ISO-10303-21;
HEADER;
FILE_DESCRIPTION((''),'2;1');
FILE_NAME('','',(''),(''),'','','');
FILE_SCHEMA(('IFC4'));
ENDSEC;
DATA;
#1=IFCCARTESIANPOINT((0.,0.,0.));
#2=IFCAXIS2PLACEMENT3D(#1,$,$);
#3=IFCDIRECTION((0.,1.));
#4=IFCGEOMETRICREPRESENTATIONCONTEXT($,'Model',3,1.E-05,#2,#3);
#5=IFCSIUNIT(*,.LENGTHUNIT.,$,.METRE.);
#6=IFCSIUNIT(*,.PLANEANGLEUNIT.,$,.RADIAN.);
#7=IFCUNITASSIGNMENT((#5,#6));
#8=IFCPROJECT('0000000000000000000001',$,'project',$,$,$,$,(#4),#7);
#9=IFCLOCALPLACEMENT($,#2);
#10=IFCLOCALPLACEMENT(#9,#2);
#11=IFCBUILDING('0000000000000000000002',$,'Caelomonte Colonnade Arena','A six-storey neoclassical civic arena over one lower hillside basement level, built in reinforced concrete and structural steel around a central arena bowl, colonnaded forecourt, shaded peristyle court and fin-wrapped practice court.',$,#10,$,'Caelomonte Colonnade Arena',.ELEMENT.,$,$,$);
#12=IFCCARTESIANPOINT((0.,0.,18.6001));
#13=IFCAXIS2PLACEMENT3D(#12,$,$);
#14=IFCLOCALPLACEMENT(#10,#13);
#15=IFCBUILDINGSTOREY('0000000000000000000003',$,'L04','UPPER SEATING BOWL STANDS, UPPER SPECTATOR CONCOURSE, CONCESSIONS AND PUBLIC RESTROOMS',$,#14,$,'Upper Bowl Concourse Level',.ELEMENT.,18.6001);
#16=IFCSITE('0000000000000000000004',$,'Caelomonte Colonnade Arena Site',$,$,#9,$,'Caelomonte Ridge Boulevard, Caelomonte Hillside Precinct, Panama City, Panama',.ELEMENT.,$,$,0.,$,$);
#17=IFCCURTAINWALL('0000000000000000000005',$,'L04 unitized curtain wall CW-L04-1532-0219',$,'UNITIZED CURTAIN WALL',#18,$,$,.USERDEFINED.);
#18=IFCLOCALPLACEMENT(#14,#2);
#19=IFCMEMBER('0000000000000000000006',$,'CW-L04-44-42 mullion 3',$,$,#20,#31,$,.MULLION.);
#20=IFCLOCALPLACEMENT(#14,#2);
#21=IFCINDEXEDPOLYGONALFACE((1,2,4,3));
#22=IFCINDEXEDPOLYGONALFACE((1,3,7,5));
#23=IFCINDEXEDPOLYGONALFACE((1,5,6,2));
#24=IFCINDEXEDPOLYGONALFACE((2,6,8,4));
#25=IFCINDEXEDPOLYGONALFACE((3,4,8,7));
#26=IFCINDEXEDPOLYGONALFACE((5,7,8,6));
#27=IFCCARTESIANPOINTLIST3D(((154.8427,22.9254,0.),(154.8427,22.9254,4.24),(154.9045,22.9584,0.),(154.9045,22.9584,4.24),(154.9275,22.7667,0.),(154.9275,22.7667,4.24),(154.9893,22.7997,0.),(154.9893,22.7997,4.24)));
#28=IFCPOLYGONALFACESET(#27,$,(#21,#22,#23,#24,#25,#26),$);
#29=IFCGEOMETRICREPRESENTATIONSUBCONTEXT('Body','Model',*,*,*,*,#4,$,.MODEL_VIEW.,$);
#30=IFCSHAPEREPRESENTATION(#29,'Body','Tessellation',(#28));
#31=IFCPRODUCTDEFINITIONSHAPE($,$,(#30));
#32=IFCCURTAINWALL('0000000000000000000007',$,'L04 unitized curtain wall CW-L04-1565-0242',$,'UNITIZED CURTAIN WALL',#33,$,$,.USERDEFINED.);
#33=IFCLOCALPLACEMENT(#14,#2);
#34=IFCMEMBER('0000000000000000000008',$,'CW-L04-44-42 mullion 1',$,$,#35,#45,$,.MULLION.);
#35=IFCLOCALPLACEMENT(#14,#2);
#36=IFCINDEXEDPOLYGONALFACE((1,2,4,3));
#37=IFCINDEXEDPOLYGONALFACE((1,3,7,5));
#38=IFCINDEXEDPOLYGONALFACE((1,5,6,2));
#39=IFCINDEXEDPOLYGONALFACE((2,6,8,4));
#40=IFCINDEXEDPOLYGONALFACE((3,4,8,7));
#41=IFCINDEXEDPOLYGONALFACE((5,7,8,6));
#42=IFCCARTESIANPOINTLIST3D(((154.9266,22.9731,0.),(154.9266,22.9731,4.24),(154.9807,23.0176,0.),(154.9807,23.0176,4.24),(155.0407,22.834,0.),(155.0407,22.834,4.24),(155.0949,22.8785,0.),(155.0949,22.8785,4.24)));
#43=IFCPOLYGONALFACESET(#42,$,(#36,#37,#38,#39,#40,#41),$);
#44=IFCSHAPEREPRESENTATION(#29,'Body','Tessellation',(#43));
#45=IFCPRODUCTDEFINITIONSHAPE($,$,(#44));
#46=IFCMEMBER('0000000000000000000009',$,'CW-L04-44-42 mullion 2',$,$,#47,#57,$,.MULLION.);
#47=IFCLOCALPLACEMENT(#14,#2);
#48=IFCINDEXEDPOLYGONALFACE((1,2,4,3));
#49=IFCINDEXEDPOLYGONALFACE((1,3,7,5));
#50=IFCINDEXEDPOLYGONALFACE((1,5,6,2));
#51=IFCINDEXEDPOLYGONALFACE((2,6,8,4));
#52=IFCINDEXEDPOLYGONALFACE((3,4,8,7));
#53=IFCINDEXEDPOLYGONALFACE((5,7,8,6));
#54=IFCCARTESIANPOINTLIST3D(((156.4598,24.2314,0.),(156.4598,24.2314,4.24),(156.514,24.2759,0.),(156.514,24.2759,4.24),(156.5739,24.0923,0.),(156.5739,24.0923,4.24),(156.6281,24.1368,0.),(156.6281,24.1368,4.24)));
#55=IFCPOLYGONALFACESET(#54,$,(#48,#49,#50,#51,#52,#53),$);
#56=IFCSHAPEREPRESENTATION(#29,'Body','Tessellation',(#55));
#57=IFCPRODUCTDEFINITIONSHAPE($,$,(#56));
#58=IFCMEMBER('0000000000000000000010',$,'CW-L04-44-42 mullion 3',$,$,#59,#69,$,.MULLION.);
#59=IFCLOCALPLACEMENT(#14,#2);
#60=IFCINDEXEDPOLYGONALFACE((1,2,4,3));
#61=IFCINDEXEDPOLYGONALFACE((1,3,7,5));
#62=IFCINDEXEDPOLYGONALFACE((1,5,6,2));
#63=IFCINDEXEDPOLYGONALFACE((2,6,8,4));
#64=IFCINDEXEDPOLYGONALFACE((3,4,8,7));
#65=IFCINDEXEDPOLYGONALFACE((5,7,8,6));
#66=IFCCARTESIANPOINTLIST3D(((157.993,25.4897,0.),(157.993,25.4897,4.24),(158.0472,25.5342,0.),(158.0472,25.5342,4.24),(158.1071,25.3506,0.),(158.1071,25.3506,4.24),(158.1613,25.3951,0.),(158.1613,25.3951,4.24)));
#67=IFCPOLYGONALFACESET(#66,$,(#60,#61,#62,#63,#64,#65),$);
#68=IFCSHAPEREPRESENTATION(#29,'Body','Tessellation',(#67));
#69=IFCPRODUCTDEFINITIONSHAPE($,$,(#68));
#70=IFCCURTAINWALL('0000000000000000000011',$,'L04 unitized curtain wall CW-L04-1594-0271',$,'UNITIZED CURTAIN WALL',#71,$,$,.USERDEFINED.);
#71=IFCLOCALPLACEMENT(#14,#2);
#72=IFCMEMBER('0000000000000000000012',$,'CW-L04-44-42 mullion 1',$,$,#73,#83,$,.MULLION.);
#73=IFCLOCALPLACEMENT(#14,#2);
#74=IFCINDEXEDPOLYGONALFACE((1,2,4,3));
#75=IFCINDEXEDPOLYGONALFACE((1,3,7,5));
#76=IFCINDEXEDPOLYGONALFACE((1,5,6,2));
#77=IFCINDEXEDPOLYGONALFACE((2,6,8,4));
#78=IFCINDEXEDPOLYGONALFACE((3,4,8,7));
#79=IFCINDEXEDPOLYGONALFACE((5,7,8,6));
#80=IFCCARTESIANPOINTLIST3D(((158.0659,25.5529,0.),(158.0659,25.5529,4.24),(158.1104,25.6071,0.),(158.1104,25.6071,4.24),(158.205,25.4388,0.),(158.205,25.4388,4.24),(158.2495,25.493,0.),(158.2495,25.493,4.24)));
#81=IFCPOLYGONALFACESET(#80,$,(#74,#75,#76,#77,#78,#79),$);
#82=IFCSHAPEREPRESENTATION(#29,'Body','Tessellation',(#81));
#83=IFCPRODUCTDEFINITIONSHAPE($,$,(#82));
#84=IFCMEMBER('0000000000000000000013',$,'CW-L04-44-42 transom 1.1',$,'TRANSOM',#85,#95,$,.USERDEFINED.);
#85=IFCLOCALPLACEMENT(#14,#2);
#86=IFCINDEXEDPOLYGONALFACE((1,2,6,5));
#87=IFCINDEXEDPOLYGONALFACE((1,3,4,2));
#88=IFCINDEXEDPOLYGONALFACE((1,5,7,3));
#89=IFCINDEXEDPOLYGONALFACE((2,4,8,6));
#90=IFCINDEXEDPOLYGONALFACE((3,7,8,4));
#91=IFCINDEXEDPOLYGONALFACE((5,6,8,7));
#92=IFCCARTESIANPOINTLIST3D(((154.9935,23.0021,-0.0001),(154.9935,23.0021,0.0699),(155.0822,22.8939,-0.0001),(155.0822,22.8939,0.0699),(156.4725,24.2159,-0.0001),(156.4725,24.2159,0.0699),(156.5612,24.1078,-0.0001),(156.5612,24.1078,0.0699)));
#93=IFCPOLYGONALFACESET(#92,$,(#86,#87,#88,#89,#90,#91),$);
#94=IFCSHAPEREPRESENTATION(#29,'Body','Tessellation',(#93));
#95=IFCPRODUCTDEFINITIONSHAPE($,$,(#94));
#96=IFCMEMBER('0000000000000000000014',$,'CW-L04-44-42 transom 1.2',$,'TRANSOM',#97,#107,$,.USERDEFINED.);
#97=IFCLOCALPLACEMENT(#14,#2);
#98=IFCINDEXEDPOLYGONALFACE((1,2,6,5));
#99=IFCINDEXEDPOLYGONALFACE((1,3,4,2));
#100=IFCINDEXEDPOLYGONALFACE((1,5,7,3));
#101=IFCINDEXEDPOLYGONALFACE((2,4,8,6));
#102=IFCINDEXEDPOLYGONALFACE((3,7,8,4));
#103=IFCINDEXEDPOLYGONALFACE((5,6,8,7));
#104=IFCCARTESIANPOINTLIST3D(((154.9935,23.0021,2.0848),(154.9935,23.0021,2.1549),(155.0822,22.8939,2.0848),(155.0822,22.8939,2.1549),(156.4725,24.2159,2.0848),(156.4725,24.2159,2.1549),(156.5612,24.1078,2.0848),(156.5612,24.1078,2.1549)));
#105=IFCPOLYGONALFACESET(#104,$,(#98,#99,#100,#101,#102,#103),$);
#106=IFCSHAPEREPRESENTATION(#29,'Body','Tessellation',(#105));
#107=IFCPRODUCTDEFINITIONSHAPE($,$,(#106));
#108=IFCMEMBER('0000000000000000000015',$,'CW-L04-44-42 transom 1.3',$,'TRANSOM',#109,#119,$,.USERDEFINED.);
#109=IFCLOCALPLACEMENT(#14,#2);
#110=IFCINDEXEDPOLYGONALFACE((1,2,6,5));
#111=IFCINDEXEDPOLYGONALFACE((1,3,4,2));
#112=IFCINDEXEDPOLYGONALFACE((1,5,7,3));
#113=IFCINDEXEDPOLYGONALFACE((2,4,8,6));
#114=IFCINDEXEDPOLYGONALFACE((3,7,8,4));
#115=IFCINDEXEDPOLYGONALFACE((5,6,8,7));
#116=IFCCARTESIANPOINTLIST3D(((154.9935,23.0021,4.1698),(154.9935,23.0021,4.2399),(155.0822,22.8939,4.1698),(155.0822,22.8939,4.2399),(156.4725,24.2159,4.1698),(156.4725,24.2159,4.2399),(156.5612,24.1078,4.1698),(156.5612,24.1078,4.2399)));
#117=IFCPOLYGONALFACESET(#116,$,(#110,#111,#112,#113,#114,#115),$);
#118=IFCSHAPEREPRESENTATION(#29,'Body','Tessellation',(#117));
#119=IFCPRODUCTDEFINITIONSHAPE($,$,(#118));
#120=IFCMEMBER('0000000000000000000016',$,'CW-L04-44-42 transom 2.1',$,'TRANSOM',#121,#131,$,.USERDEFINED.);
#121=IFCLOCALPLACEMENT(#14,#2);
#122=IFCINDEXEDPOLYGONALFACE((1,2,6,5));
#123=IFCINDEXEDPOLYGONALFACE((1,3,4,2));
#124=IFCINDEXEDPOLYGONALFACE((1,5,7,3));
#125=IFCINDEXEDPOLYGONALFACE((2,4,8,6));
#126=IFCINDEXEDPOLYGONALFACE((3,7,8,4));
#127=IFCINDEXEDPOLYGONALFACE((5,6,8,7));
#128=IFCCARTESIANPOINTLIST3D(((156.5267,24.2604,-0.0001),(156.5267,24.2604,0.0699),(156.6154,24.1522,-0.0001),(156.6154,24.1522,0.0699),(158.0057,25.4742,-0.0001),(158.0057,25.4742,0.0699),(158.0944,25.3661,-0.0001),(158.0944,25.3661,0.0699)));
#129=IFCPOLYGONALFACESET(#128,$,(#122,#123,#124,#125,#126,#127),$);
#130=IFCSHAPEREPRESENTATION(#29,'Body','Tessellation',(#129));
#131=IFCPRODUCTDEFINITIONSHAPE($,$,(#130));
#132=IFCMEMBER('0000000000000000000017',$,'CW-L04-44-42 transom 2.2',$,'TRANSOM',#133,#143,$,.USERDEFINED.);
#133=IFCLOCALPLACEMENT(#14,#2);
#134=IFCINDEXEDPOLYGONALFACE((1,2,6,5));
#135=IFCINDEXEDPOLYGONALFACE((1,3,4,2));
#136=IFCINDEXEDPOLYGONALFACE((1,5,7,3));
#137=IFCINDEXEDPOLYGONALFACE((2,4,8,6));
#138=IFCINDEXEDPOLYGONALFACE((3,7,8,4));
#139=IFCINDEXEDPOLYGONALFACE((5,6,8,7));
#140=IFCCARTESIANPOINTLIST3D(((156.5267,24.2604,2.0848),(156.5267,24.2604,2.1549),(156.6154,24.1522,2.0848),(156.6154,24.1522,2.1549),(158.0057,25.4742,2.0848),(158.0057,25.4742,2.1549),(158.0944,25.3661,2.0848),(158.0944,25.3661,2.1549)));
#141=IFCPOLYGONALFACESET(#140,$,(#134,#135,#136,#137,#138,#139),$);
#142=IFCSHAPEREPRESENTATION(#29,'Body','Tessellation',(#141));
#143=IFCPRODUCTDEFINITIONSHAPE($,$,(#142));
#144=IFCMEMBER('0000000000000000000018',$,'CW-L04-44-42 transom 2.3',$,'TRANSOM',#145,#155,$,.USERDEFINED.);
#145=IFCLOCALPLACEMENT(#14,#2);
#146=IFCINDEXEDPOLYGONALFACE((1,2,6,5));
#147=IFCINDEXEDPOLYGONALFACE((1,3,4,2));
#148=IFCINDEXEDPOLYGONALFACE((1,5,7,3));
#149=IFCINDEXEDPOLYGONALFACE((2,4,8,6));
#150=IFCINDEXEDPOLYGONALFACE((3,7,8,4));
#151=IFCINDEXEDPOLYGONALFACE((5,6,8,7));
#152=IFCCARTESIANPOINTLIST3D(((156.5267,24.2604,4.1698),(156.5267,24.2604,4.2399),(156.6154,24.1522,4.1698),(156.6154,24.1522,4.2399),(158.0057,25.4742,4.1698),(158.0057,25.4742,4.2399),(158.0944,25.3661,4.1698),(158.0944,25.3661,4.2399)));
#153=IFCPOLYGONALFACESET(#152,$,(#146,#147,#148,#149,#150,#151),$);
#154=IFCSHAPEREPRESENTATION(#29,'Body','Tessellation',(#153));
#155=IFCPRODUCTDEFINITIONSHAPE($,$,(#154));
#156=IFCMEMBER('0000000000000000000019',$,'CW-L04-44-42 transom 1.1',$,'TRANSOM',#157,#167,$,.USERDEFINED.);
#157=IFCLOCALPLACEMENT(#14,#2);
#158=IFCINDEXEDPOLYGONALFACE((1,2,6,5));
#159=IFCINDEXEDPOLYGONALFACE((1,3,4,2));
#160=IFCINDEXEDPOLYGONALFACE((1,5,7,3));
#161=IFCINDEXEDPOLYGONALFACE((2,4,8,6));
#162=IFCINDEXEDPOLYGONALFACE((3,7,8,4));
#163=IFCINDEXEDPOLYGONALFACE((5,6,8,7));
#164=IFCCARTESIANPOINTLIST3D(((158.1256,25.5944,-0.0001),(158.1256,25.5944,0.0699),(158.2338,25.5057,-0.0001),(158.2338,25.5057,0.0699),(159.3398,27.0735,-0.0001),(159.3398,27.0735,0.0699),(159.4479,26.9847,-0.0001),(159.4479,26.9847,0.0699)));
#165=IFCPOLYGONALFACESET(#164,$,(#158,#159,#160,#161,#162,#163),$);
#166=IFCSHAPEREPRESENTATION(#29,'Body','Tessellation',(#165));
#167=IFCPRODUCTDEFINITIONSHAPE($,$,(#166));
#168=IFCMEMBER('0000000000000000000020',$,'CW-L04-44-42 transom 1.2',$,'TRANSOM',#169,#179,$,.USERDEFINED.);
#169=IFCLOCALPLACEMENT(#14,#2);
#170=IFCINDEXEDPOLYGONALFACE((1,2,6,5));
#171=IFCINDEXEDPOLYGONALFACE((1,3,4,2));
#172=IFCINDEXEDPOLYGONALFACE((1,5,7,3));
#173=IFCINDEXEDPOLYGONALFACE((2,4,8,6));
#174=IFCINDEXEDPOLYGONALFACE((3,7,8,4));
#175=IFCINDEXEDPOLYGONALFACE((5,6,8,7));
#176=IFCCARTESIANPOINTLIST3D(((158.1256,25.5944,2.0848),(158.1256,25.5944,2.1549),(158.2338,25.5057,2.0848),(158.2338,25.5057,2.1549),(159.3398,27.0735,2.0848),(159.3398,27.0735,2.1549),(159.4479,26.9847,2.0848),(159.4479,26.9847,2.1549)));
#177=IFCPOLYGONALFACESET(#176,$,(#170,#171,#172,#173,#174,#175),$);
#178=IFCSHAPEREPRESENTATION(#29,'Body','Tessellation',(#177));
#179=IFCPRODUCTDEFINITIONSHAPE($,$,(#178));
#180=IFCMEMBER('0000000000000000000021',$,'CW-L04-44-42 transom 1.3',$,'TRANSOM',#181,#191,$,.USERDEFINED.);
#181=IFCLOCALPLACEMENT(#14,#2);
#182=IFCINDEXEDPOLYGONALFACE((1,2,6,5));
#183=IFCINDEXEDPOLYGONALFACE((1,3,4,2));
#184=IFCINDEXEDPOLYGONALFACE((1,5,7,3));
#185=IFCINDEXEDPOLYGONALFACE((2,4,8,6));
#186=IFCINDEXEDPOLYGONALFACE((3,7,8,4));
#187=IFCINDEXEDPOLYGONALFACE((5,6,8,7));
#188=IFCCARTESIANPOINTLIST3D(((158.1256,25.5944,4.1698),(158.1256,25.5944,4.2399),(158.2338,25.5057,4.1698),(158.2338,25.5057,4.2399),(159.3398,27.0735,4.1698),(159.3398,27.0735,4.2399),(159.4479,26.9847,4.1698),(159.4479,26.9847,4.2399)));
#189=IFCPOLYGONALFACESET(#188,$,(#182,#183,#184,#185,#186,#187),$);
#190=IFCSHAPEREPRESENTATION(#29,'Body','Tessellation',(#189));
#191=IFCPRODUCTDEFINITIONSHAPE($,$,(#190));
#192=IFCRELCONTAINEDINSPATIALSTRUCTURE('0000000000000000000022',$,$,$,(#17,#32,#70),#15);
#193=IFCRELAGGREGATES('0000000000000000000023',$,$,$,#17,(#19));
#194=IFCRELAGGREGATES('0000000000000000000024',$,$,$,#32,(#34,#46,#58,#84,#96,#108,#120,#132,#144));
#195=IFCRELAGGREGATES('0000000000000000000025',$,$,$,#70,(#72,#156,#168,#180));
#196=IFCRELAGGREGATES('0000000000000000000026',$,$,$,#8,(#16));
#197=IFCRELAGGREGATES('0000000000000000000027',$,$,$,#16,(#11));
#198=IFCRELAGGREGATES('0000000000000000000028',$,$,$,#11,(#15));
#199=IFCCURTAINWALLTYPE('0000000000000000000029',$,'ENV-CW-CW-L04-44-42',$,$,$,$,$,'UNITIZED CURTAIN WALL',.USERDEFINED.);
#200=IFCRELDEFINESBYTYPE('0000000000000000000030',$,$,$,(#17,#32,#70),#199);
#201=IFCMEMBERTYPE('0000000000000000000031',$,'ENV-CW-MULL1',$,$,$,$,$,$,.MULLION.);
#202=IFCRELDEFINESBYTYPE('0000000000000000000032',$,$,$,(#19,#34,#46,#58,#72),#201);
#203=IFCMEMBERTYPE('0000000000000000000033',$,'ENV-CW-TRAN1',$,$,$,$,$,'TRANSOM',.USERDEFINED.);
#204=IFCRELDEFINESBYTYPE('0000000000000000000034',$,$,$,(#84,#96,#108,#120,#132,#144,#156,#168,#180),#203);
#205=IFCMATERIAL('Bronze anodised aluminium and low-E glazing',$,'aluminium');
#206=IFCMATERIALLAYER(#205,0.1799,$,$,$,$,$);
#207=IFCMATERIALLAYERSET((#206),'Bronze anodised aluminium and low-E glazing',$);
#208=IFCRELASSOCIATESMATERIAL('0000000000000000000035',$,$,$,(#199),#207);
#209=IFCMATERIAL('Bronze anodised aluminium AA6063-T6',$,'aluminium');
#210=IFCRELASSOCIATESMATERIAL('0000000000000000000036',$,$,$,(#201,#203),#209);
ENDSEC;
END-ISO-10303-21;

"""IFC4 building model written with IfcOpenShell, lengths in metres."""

from ifc_helpers import new_model, si_unit, direction, frame, origin, origin_2d, place, context, subcontext, project, spatial, rectangle, extrude, material, layer, layer_set, material_profile, profile_set, type_object, element, aggregate, save


model = new_model("IFC4")

# Units and contexts
model_context = context("Model", 3, precision=1e-05, world=origin(), true_north=direction((0.0, 1.0)))
body_context = subcontext(model_context, "Body", "Model", "MODEL_VIEW")
ifc_project = project(units=[si_unit("LENGTHUNIT", "METRE"), si_unit("PLANEANGLEUNIT", "RADIAN")], contexts=[model_context])

# Site, building, storey
site_placement = place(None, origin())
site = spatial("IfcSite", under=ifc_project, at=site_placement, Name="Caelomonte Colonnade Arena Site", LongName="Caelomonte Ridge Boulevard, Caelomonte Hillside Precinct, Panama City, Panama", CompositionType="ELEMENT", RefElevation=0.0)
building_placement = place(site_placement, origin())
building = spatial("IfcBuilding", under=site, at=building_placement, Name="Caelomonte Colonnade Arena", Description="A six-storey neoclassical civic arena over one lower hillside basement level, built in reinforced concrete and structural steel around a central arena bowl, colonnaded forecourt, shaded peristyle court and fin-wrapped practice court.", LongName="Caelomonte Colonnade Arena", CompositionType="ELEMENT")
storey_placement = place(building_placement, frame((0.0, 0.0, 18.6001)))
storey = spatial("IfcBuildingStorey", under=building, at=storey_placement, Name="L04", Description="UPPER SEATING BOWL STANDS, UPPER SPECTATOR CONCOURSE, CONCESSIONS AND PUBLIC RESTROOMS", LongName="Upper Bowl Concourse Level", CompositionType="ELEMENT", Elevation=18.6001)

# Curtain wall, member
ifc_material_1 = material(Name="Bronze anodised aluminium and low-E glazing", Category="aluminium")
ifc_layer_1 = layer(ifc_material_1, 0.1799)
ifc_layer_set_1 = layer_set([ifc_layer_1], Name="Bronze anodised aluminium and low-E glazing")
curtain_wall_type = type_object("IfcCurtainWallType", Name="ENV-CW-CW-L04-44-42", ElementType="UNITIZED CURTAIN WALL", PredefinedType="USERDEFINED", material=ifc_layer_set_1)
curtain_wall_1_placement = place(storey_placement, origin())
curtain_wall_1 = element("IfcCurtainWall", 1, at=curtain_wall_1_placement, inside=storey, type_object=curtain_wall_type, Name="L04 unitized curtain wall CW-L04-1532-0219", ObjectType="UNITIZED CURTAIN WALL", PredefinedType="USERDEFINED")
ifc_material_2 = material(Name="Bronze anodised aluminium AA6063-T6", Category="aluminium")
ifc_material_profile_1 = material_profile(ifc_material_2, rectangle(XDim=0.0701, YDim=0.1799, at=origin_2d()), Name="CWM-70X180")
ifc_profile_set_1 = profile_set([ifc_material_profile_1], Name="Bronze anodised aluminium AA6063-T6")
member_type_1 = type_object("IfcMemberType", Name="ENV-CW-MULL1", PredefinedType="MULLION", material=ifc_profile_set_1)
member_1_placement = place(storey_placement, frame((154.916, 22.8625, 0.0), z_axis=(0.0, 0.0, 1.0), x_axis=(0.881923, 0.471394, 0.0)))
member_1 = element("IfcMember", 2, at=member_1_placement, type_object=member_type_1, Name="CW-L04-44-42 mullion 3", PredefinedType="MULLION", context=body_context, shape_type="SweptSolid", body=[
    extrude(rectangle(XDim=0.0701, YDim=0.1799, at=origin_2d()), origin(), (0.0, 0.0, 1.0), 4.24),
])

# Curtain wall, members
curtain_wall_2_placement = place(storey_placement, origin())
curtain_wall_2 = element("IfcCurtainWall", 3, at=curtain_wall_2_placement, inside=storey, type_object=curtain_wall_type, Name="L04 unitized curtain wall CW-L04-1565-0242", ObjectType="UNITIZED CURTAIN WALL", PredefinedType="USERDEFINED")
member_2_placement = place(storey_placement, frame((155.0107, 22.9258, 0.0), z_axis=(0.0, 0.0, 1.0), x_axis=(0.772992, 0.634416, 0.0)))
member_2 = element("IfcMember", 4, at=member_2_placement, type_object=member_type_1, Name="CW-L04-44-42 mullion 1", PredefinedType="MULLION", context=body_context, shape_type="SweptSolid", body=[
    extrude(rectangle(XDim=0.0701, YDim=0.1799, at=origin_2d()), origin(), (0.0, 0.0, 1.0), 4.24),
])
member_3_placement = place(storey_placement, frame((156.5439, 24.1841, 0.0), z_axis=(0.0, 0.0, 1.0), x_axis=(0.772992, 0.634416, 0.0)))
member_3 = element("IfcMember", 5, at=member_3_placement, type_object=member_type_1, Name="CW-L04-44-42 mullion 2", PredefinedType="MULLION", context=body_context, shape_type="SweptSolid", body=[
    extrude(rectangle(XDim=0.0701, YDim=0.1799, at=origin_2d()), origin(), (0.0, 0.0, 1.0), 4.24),
])
member_4_placement = place(storey_placement, frame((158.0771, 25.4424, 0.0), z_axis=(0.0, 0.0, 1.0), x_axis=(0.772992, 0.634416, 0.0)))
member_4 = element("IfcMember", 6, at=member_4_placement, type_object=member_type_1, Name="CW-L04-44-42 mullion 3", PredefinedType="MULLION", context=body_context, shape_type="SweptSolid", body=[
    extrude(rectangle(XDim=0.0701, YDim=0.1799, at=origin_2d()), origin(), (0.0, 0.0, 1.0), 4.24),
])

# Curtain wall, member
curtain_wall_3_placement = place(storey_placement, origin())
curtain_wall_3 = element("IfcCurtainWall", 7, at=curtain_wall_3_placement, inside=storey, type_object=curtain_wall_type, Name="L04 unitized curtain wall CW-L04-1594-0271", ObjectType="UNITIZED CURTAIN WALL", PredefinedType="USERDEFINED")
member_5_placement = place(storey_placement, frame((158.1577, 25.5229, 0.0), z_axis=(0.0, 0.0, 1.0), x_axis=(0.634416, 0.772992, 0.0)))
member_5 = element("IfcMember", 8, at=member_5_placement, type_object=member_type_1, Name="CW-L04-44-42 mullion 1", PredefinedType="MULLION", context=body_context, shape_type="SweptSolid", body=[
    extrude(rectangle(XDim=0.0701, YDim=0.1799, at=origin_2d()), origin(), (0.0, 0.0, 1.0), 4.24),
])

# Members
ifc_material_profile_2 = material_profile(ifc_material_2, rectangle(XDim=0.0701, YDim=0.1399, at=origin_2d()), Name="CWT-70X140")
ifc_profile_set_2 = profile_set([ifc_material_profile_2], Name="Bronze anodised aluminium AA6063-T6")
member_type_2 = type_object("IfcMemberType", Name="ENV-CW-TRAN1", ElementType="TRANSOM", PredefinedType="USERDEFINED", material=ifc_profile_set_2)
member_6_placement = place(storey_placement, frame((155.0378, 22.948, 0.0349), z_axis=(0.77299, 0.634418, 0.0), x_axis=(0.0, 0.0, 1.0)))
member_6 = element("IfcMember", 9, at=member_6_placement, type_object=member_type_2, Name="CW-L04-44-42 transom 1.1", ObjectType="TRANSOM", PredefinedType="USERDEFINED", context=body_context, shape_type="SweptSolid", body=[
    extrude(rectangle(XDim=0.0701, YDim=0.1399, at=origin_2d()), origin(), (0.0, 0.0, 1.0), 1.9133),
])
member_7_placement = place(storey_placement, frame((155.0378, 22.948, 2.1199), z_axis=(0.77299, 0.634418, 0.0), x_axis=(0.0, 0.0, 1.0)))
member_7 = element("IfcMember", 10, at=member_7_placement, type_object=member_type_2, Name="CW-L04-44-42 transom 1.2", ObjectType="TRANSOM", PredefinedType="USERDEFINED", context=body_context, shape_type="SweptSolid", body=[
    extrude(rectangle(XDim=0.0701, YDim=0.1399, at=origin_2d()), origin(), (0.0, 0.0, 1.0), 1.9133),
])
member_8_placement = place(storey_placement, frame((155.0378, 22.948, 4.2048), z_axis=(0.77299, 0.634418, 0.0), x_axis=(0.0, 0.0, 1.0)))
member_8 = element("IfcMember", 11, at=member_8_placement, type_object=member_type_2, Name="CW-L04-44-42 transom 1.3", ObjectType="TRANSOM", PredefinedType="USERDEFINED", context=body_context, shape_type="SweptSolid", body=[
    extrude(rectangle(XDim=0.0701, YDim=0.1399, at=origin_2d()), origin(), (0.0, 0.0, 1.0), 1.9133),
])
member_9_placement = place(storey_placement, frame((156.571, 24.2063, 0.0349), z_axis=(0.77299, 0.634418, 0.0), x_axis=(0.0, 0.0, 1.0)))
member_9 = element("IfcMember", 12, at=member_9_placement, type_object=member_type_2, Name="CW-L04-44-42 transom 2.1", ObjectType="TRANSOM", PredefinedType="USERDEFINED", context=body_context, shape_type="SweptSolid", body=[
    extrude(rectangle(XDim=0.0701, YDim=0.1399, at=origin_2d()), origin(), (0.0, 0.0, 1.0), 1.9133),
])
member_10_placement = place(storey_placement, frame((156.571, 24.2063, 2.1199), z_axis=(0.77299, 0.634418, 0.0), x_axis=(0.0, 0.0, 1.0)))
member_10 = element("IfcMember", 13, at=member_10_placement, type_object=member_type_2, Name="CW-L04-44-42 transom 2.2", ObjectType="TRANSOM", PredefinedType="USERDEFINED", context=body_context, shape_type="SweptSolid", body=[
    extrude(rectangle(XDim=0.0701, YDim=0.1399, at=origin_2d()), origin(), (0.0, 0.0, 1.0), 1.9133),
])
member_11_placement = place(storey_placement, frame((156.571, 24.2063, 4.2048), z_axis=(0.77299, 0.634418, 0.0), x_axis=(0.0, 0.0, 1.0)))
member_11 = element("IfcMember", 14, at=member_11_placement, type_object=member_type_2, Name="CW-L04-44-42 transom 2.3", ObjectType="TRANSOM", PredefinedType="USERDEFINED", context=body_context, shape_type="SweptSolid", body=[
    extrude(rectangle(XDim=0.0701, YDim=0.1399, at=origin_2d()), origin(), (0.0, 0.0, 1.0), 1.9133),
])
member_12_placement = place(storey_placement, frame((158.1797, 25.55, 0.0349), z_axis=(0.634495, 0.772927, 0.0), x_axis=(0.0, 0.0, 1.0)))
member_12 = element("IfcMember", 15, at=member_12_placement, type_object=member_type_2, Name="CW-L04-44-42 transom 1.1", ObjectType="TRANSOM", PredefinedType="USERDEFINED", context=body_context, shape_type="SweptSolid", body=[
    extrude(rectangle(XDim=0.0701, YDim=0.1399, at=origin_2d()), origin(), (0.0, 0.0, 1.0), 1.9136),
])
member_13_placement = place(storey_placement, frame((158.1797, 25.55, 2.1199), z_axis=(0.634495, 0.772927, 0.0), x_axis=(0.0, 0.0, 1.0)))
member_13 = element("IfcMember", 16, at=member_13_placement, type_object=member_type_2, Name="CW-L04-44-42 transom 1.2", ObjectType="TRANSOM", PredefinedType="USERDEFINED", context=body_context, shape_type="SweptSolid", body=[
    extrude(rectangle(XDim=0.0701, YDim=0.1399, at=origin_2d()), origin(), (0.0, 0.0, 1.0), 1.9136),
])
member_14_placement = place(storey_placement, frame((158.1797, 25.55, 4.2048), z_axis=(0.634495, 0.772927, 0.0), x_axis=(0.0, 0.0, 1.0)))
member_14 = element("IfcMember", 17, at=member_14_placement, type_object=member_type_2, Name="CW-L04-44-42 transom 1.3", ObjectType="TRANSOM", PredefinedType="USERDEFINED", context=body_context, shape_type="SweptSolid", body=[
    extrude(rectangle(XDim=0.0701, YDim=0.1399, at=origin_2d()), origin(), (0.0, 0.0, 1.0), 1.9136),
])

aggregate(curtain_wall_1, [member_1])
aggregate(curtain_wall_2, [member_2, member_3, member_4, member_6, member_7, member_8, member_9, member_10, member_11])
aggregate(curtain_wall_3, [member_5, member_12, member_13, member_14])

save(model, "model.ifc")
